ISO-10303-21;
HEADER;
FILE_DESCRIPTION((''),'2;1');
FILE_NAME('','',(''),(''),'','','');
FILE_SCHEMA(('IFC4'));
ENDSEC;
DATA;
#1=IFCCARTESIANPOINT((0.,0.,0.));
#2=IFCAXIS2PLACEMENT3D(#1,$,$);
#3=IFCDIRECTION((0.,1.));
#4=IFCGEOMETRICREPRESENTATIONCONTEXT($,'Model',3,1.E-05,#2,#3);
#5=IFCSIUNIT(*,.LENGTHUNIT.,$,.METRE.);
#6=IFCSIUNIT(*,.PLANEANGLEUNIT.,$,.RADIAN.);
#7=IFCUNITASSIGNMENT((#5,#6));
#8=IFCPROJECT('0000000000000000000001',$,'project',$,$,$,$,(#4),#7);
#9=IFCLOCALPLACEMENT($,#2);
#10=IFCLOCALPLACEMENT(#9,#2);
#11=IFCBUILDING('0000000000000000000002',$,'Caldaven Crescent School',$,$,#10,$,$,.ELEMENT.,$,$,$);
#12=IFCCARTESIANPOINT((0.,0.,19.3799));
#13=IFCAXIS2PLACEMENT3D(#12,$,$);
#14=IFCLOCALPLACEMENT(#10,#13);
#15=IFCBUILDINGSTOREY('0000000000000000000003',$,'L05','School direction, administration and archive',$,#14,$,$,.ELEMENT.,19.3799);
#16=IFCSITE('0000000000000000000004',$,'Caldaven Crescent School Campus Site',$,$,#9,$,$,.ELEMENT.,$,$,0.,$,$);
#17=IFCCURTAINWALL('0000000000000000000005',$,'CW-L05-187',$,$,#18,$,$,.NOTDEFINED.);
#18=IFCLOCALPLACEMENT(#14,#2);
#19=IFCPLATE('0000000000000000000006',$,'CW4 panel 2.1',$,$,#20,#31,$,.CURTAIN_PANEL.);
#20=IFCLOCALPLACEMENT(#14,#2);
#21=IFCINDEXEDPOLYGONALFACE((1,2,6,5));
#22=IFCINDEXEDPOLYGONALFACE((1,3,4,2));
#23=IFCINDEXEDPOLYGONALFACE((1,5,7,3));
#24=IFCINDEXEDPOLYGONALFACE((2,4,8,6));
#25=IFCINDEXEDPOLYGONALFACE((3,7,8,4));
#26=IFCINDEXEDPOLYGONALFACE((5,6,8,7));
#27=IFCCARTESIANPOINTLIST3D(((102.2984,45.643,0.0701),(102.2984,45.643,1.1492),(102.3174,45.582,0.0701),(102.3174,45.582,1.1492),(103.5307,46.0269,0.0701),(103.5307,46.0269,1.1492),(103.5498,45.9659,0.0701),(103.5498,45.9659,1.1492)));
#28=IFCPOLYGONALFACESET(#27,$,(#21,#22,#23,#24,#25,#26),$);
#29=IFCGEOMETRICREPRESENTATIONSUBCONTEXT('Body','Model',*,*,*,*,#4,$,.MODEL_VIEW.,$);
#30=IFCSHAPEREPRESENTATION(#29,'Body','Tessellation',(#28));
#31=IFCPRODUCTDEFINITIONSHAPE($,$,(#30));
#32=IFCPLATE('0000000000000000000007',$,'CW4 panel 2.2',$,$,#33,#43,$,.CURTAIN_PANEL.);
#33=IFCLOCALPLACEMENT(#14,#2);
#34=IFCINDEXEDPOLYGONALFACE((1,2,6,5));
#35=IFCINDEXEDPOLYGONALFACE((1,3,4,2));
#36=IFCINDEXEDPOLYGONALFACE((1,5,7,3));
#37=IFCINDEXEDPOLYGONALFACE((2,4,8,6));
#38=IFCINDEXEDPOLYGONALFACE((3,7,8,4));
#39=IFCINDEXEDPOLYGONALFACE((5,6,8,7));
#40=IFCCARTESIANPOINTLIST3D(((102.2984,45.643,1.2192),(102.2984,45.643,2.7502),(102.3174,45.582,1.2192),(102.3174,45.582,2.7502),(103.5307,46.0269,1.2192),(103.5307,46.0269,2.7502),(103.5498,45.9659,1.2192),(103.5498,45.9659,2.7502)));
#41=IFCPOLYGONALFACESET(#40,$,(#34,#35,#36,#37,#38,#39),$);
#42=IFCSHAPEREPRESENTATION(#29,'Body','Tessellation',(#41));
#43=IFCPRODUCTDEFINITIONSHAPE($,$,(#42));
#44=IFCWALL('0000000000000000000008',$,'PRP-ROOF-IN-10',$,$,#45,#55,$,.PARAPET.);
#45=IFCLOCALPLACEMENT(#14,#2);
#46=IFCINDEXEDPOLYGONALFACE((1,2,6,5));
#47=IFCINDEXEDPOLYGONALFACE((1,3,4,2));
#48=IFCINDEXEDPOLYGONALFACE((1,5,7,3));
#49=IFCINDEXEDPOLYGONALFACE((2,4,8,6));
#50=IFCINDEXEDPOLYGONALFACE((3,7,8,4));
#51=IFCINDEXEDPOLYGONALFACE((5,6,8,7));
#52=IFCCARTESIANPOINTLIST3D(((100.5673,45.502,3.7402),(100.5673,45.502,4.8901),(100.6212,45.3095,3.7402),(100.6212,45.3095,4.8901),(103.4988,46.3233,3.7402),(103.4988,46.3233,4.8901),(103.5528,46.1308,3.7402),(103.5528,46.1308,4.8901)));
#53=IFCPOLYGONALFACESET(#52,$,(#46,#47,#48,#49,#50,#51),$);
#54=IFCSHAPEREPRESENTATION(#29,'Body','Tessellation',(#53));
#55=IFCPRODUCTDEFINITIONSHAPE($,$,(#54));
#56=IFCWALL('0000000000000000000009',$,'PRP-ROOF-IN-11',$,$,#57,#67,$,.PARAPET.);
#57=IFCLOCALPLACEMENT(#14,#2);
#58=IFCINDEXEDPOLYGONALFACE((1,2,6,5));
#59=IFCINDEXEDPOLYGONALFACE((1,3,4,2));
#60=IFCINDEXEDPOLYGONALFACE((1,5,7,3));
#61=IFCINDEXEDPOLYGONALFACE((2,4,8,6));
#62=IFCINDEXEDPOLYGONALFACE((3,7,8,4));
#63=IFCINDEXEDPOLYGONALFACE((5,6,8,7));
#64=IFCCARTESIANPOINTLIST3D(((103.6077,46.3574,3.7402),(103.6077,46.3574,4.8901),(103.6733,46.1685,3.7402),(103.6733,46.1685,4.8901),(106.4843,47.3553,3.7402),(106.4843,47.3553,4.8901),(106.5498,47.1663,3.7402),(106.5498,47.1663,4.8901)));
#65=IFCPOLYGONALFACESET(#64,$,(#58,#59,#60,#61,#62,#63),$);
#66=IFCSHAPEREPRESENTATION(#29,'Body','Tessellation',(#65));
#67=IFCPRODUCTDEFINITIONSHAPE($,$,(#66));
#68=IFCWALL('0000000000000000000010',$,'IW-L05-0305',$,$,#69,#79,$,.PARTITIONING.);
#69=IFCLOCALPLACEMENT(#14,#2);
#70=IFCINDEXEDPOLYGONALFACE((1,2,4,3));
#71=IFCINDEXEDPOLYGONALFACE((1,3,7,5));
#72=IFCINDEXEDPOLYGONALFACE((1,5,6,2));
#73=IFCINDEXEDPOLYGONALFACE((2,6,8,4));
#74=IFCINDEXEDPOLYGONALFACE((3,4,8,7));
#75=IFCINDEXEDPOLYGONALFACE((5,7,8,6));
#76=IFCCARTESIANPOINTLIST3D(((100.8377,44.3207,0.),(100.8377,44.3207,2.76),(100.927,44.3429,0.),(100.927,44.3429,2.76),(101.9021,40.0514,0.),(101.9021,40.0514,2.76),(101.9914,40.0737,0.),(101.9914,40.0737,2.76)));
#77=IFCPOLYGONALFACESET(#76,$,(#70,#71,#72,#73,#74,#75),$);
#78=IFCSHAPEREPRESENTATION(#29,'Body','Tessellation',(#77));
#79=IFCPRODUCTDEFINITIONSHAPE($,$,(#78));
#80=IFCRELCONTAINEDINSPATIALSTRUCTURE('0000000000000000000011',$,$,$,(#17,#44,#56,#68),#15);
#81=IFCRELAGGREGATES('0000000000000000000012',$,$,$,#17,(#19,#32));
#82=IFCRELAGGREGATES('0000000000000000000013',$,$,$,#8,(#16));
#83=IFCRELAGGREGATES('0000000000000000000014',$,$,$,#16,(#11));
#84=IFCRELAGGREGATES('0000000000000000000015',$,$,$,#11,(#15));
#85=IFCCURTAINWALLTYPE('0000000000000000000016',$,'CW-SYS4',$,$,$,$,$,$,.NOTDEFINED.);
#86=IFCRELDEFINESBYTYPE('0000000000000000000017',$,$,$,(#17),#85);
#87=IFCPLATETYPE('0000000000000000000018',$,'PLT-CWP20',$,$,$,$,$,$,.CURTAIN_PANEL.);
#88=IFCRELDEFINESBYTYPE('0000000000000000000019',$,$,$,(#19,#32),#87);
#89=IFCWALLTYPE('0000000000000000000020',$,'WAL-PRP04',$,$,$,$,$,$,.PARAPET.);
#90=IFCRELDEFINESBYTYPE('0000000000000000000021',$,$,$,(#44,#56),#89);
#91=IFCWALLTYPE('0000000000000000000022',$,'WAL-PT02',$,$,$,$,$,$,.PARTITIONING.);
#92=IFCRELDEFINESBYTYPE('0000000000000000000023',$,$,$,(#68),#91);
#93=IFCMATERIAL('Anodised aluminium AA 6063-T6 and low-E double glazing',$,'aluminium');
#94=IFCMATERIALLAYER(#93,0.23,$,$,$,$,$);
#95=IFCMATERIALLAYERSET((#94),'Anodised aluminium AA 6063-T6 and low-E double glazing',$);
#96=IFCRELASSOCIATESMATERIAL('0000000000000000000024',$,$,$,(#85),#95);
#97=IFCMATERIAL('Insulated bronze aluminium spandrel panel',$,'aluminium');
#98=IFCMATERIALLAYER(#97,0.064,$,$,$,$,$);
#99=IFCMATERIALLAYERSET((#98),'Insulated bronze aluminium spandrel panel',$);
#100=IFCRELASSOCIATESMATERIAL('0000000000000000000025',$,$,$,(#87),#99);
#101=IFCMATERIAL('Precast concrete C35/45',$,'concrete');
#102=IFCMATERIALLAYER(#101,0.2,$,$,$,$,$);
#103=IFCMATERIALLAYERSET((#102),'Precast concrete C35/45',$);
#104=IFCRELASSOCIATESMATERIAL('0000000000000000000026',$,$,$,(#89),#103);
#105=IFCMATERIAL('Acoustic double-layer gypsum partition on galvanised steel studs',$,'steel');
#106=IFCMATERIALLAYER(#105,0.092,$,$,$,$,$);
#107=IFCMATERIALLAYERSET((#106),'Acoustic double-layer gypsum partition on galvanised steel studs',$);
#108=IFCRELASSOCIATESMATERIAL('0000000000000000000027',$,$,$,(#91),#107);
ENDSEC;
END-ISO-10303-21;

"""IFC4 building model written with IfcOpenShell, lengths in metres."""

from ifc_helpers import new_model, si_unit, direction, frame, frame_2d, origin, origin_2d, place, context, subcontext, project, spatial, rectangle, extrude, material, layer, layer_set, type_object, element, aggregate, save


model = new_model("IFC4")

# Units and contexts
model_context = context("Model", 3, precision=1e-05, world=origin(), true_north=direction((0.0, 1.0)))
body_context = subcontext(model_context, "Body", "Model", "MODEL_VIEW")
ifc_project = project(units=[si_unit("LENGTHUNIT", "METRE"), si_unit("PLANEANGLEUNIT", "RADIAN")], contexts=[model_context])

# Site, building, storey
site_placement = place(None, origin())
site = spatial("IfcSite", under=ifc_project, at=site_placement, Name="Caldaven Crescent School Campus Site", CompositionType="ELEMENT", RefElevation=0.0)
building_placement = place(site_placement, origin())
building = spatial("IfcBuilding", under=site, at=building_placement, Name="Caldaven Crescent School", CompositionType="ELEMENT")
storey_placement = place(building_placement, frame((0.0, 0.0, 19.3799)))
storey = spatial("IfcBuildingStorey", under=building, at=storey_placement, Name="L05", Description="School direction, administration and archive", CompositionType="ELEMENT", Elevation=19.3799)

# Curtain wall
ifc_material_1 = material(Name="Anodised aluminium AA 6063-T6 and low-E double glazing", Category="aluminium")
ifc_layer_1 = layer(ifc_material_1, 0.23)
ifc_layer_set_1 = layer_set([ifc_layer_1], Name="Anodised aluminium AA 6063-T6 and low-E double glazing")
curtain_wall_type_1 = type_object("IfcCurtainWallType", Name="CW-SYS4", PredefinedType="NOTDEFINED", material=ifc_layer_set_1)
curtain_wall_1_placement = place(storey_placement, origin())
curtain_wall_1 = element("IfcCurtainWall", 1, at=curtain_wall_1_placement, inside=storey, type_object=curtain_wall_type_1, Name="CW-L05-187", PredefinedType="NOTDEFINED")

# Plates
ifc_material_2 = material(Name="Insulated bronze aluminium spandrel panel", Category="aluminium")
ifc_layer_2 = layer(ifc_material_2, 0.064)
ifc_layer_set_2 = layer_set([ifc_layer_2], Name="Insulated bronze aluminium spandrel panel")
plate_type_1 = type_object("IfcPlateType", Name="PLT-CWP20", PredefinedType="CURTAIN_PANEL", material=ifc_layer_set_2)
plate_1_placement = place(storey_placement, frame((102.9241, 45.8044, 0.0701), z_axis=(0.0, 0.0, 1.0), x_axis=(0.954747, 0.29742, 0.0)))
plate_1 = element("IfcPlate", 2, at=plate_1_placement, type_object=plate_type_1, Name="CW4 panel 2.1", PredefinedType="CURTAIN_PANEL", context=body_context, shape_type="SweptSolid", body=[
    extrude(rectangle(XDim=1.2908, YDim=0.064, at=origin_2d()), origin(), (0.0, 0.0, 1.0), 1.0791),
])
plate_2_placement = place(storey_placement, frame((102.9241, 45.8044, 1.2192), z_axis=(0.0, 0.0, 1.0), x_axis=(0.954747, 0.29742, 0.0)))
plate_2 = element("IfcPlate", 3, at=plate_2_placement, type_object=plate_type_1, Name="CW4 panel 2.2", PredefinedType="CURTAIN_PANEL", context=body_context, shape_type="SweptSolid", body=[
    extrude(rectangle(XDim=1.2908, YDim=0.064, at=origin_2d()), origin(), (0.0, 0.0, 1.0), 1.531),
])
aggregate(curtain_wall_1, [plate_1, plate_2])

# Walls
ifc_material_3 = material(Name="Precast concrete C35/45", Category="concrete")
ifc_layer_3 = layer(ifc_material_3, 0.2)
ifc_layer_set_3 = layer_set([ifc_layer_3], Name="Precast concrete C35/45")
wall_type_1 = type_object("IfcWallType", Name="WAL-PRP04", PredefinedType="PARAPET", material=ifc_layer_set_3)
wall_1_placement = place(storey_placement, frame((100.5942, 45.4058, 3.7402), z_axis=(0.0, 0.0, 1.0), x_axis=(0.962927, 0.269761, 0.0)))
element("IfcWall", 4, at=wall_1_placement, inside=storey, type_object=wall_type_1, Name="PRP-ROOF-IN-10", PredefinedType="PARAPET", context=body_context, shape_type="SweptSolid", body=[
    extrude(rectangle(XDim=3.0444, YDim=0.2, at=frame_2d((1.5222, 0.0))), origin(), (0.0, 0.0, 1.0), 1.1499),
])
wall_2_placement = place(storey_placement, frame((103.6404, 46.2629, 3.7402), z_axis=(0.0, 0.0, 1.0), x_axis=(0.944772, 0.327727, 0.0)))
element("IfcWall", 5, at=wall_2_placement, inside=storey, type_object=wall_type_1, Name="PRP-ROOF-IN-11", PredefinedType="PARAPET", context=body_context, shape_type="SweptSolid", body=[
    extrude(rectangle(XDim=3.0447, YDim=0.2, at=frame_2d((1.5225, 0.0))), origin(), (0.0, 0.0, 1.0), 1.1499),
])
ifc_material_4 = material(Name="Acoustic double-layer gypsum partition on galvanised steel studs", Category="steel")
ifc_layer_4 = layer(ifc_material_4, 0.092)
ifc_layer_set_4 = layer_set([ifc_layer_4], Name="Acoustic double-layer gypsum partition on galvanised steel studs")
wall_type_2 = type_object("IfcWallType", Name="WAL-PT02", PredefinedType="PARTITIONING", material=ifc_layer_set_4)
wall_3_placement = place(storey_placement, frame((100.8823, 44.3318, 0.0), z_axis=(0.0, 0.0, 1.0), x_axis=(0.241922, -0.970296, 0.0)))
element("IfcWall", 6, at=wall_3_placement, inside=storey, type_object=wall_type_2, Name="IW-L05-0305", PredefinedType="PARTITIONING", context=body_context, shape_type="SweptSolid", body=[
    extrude(rectangle(XDim=4.3999, YDim=0.092, at=frame_2d((2.2, 0.0))), origin(), (0.0, 0.0, 1.0), 2.76),
])

save(model, "model.ifc")
